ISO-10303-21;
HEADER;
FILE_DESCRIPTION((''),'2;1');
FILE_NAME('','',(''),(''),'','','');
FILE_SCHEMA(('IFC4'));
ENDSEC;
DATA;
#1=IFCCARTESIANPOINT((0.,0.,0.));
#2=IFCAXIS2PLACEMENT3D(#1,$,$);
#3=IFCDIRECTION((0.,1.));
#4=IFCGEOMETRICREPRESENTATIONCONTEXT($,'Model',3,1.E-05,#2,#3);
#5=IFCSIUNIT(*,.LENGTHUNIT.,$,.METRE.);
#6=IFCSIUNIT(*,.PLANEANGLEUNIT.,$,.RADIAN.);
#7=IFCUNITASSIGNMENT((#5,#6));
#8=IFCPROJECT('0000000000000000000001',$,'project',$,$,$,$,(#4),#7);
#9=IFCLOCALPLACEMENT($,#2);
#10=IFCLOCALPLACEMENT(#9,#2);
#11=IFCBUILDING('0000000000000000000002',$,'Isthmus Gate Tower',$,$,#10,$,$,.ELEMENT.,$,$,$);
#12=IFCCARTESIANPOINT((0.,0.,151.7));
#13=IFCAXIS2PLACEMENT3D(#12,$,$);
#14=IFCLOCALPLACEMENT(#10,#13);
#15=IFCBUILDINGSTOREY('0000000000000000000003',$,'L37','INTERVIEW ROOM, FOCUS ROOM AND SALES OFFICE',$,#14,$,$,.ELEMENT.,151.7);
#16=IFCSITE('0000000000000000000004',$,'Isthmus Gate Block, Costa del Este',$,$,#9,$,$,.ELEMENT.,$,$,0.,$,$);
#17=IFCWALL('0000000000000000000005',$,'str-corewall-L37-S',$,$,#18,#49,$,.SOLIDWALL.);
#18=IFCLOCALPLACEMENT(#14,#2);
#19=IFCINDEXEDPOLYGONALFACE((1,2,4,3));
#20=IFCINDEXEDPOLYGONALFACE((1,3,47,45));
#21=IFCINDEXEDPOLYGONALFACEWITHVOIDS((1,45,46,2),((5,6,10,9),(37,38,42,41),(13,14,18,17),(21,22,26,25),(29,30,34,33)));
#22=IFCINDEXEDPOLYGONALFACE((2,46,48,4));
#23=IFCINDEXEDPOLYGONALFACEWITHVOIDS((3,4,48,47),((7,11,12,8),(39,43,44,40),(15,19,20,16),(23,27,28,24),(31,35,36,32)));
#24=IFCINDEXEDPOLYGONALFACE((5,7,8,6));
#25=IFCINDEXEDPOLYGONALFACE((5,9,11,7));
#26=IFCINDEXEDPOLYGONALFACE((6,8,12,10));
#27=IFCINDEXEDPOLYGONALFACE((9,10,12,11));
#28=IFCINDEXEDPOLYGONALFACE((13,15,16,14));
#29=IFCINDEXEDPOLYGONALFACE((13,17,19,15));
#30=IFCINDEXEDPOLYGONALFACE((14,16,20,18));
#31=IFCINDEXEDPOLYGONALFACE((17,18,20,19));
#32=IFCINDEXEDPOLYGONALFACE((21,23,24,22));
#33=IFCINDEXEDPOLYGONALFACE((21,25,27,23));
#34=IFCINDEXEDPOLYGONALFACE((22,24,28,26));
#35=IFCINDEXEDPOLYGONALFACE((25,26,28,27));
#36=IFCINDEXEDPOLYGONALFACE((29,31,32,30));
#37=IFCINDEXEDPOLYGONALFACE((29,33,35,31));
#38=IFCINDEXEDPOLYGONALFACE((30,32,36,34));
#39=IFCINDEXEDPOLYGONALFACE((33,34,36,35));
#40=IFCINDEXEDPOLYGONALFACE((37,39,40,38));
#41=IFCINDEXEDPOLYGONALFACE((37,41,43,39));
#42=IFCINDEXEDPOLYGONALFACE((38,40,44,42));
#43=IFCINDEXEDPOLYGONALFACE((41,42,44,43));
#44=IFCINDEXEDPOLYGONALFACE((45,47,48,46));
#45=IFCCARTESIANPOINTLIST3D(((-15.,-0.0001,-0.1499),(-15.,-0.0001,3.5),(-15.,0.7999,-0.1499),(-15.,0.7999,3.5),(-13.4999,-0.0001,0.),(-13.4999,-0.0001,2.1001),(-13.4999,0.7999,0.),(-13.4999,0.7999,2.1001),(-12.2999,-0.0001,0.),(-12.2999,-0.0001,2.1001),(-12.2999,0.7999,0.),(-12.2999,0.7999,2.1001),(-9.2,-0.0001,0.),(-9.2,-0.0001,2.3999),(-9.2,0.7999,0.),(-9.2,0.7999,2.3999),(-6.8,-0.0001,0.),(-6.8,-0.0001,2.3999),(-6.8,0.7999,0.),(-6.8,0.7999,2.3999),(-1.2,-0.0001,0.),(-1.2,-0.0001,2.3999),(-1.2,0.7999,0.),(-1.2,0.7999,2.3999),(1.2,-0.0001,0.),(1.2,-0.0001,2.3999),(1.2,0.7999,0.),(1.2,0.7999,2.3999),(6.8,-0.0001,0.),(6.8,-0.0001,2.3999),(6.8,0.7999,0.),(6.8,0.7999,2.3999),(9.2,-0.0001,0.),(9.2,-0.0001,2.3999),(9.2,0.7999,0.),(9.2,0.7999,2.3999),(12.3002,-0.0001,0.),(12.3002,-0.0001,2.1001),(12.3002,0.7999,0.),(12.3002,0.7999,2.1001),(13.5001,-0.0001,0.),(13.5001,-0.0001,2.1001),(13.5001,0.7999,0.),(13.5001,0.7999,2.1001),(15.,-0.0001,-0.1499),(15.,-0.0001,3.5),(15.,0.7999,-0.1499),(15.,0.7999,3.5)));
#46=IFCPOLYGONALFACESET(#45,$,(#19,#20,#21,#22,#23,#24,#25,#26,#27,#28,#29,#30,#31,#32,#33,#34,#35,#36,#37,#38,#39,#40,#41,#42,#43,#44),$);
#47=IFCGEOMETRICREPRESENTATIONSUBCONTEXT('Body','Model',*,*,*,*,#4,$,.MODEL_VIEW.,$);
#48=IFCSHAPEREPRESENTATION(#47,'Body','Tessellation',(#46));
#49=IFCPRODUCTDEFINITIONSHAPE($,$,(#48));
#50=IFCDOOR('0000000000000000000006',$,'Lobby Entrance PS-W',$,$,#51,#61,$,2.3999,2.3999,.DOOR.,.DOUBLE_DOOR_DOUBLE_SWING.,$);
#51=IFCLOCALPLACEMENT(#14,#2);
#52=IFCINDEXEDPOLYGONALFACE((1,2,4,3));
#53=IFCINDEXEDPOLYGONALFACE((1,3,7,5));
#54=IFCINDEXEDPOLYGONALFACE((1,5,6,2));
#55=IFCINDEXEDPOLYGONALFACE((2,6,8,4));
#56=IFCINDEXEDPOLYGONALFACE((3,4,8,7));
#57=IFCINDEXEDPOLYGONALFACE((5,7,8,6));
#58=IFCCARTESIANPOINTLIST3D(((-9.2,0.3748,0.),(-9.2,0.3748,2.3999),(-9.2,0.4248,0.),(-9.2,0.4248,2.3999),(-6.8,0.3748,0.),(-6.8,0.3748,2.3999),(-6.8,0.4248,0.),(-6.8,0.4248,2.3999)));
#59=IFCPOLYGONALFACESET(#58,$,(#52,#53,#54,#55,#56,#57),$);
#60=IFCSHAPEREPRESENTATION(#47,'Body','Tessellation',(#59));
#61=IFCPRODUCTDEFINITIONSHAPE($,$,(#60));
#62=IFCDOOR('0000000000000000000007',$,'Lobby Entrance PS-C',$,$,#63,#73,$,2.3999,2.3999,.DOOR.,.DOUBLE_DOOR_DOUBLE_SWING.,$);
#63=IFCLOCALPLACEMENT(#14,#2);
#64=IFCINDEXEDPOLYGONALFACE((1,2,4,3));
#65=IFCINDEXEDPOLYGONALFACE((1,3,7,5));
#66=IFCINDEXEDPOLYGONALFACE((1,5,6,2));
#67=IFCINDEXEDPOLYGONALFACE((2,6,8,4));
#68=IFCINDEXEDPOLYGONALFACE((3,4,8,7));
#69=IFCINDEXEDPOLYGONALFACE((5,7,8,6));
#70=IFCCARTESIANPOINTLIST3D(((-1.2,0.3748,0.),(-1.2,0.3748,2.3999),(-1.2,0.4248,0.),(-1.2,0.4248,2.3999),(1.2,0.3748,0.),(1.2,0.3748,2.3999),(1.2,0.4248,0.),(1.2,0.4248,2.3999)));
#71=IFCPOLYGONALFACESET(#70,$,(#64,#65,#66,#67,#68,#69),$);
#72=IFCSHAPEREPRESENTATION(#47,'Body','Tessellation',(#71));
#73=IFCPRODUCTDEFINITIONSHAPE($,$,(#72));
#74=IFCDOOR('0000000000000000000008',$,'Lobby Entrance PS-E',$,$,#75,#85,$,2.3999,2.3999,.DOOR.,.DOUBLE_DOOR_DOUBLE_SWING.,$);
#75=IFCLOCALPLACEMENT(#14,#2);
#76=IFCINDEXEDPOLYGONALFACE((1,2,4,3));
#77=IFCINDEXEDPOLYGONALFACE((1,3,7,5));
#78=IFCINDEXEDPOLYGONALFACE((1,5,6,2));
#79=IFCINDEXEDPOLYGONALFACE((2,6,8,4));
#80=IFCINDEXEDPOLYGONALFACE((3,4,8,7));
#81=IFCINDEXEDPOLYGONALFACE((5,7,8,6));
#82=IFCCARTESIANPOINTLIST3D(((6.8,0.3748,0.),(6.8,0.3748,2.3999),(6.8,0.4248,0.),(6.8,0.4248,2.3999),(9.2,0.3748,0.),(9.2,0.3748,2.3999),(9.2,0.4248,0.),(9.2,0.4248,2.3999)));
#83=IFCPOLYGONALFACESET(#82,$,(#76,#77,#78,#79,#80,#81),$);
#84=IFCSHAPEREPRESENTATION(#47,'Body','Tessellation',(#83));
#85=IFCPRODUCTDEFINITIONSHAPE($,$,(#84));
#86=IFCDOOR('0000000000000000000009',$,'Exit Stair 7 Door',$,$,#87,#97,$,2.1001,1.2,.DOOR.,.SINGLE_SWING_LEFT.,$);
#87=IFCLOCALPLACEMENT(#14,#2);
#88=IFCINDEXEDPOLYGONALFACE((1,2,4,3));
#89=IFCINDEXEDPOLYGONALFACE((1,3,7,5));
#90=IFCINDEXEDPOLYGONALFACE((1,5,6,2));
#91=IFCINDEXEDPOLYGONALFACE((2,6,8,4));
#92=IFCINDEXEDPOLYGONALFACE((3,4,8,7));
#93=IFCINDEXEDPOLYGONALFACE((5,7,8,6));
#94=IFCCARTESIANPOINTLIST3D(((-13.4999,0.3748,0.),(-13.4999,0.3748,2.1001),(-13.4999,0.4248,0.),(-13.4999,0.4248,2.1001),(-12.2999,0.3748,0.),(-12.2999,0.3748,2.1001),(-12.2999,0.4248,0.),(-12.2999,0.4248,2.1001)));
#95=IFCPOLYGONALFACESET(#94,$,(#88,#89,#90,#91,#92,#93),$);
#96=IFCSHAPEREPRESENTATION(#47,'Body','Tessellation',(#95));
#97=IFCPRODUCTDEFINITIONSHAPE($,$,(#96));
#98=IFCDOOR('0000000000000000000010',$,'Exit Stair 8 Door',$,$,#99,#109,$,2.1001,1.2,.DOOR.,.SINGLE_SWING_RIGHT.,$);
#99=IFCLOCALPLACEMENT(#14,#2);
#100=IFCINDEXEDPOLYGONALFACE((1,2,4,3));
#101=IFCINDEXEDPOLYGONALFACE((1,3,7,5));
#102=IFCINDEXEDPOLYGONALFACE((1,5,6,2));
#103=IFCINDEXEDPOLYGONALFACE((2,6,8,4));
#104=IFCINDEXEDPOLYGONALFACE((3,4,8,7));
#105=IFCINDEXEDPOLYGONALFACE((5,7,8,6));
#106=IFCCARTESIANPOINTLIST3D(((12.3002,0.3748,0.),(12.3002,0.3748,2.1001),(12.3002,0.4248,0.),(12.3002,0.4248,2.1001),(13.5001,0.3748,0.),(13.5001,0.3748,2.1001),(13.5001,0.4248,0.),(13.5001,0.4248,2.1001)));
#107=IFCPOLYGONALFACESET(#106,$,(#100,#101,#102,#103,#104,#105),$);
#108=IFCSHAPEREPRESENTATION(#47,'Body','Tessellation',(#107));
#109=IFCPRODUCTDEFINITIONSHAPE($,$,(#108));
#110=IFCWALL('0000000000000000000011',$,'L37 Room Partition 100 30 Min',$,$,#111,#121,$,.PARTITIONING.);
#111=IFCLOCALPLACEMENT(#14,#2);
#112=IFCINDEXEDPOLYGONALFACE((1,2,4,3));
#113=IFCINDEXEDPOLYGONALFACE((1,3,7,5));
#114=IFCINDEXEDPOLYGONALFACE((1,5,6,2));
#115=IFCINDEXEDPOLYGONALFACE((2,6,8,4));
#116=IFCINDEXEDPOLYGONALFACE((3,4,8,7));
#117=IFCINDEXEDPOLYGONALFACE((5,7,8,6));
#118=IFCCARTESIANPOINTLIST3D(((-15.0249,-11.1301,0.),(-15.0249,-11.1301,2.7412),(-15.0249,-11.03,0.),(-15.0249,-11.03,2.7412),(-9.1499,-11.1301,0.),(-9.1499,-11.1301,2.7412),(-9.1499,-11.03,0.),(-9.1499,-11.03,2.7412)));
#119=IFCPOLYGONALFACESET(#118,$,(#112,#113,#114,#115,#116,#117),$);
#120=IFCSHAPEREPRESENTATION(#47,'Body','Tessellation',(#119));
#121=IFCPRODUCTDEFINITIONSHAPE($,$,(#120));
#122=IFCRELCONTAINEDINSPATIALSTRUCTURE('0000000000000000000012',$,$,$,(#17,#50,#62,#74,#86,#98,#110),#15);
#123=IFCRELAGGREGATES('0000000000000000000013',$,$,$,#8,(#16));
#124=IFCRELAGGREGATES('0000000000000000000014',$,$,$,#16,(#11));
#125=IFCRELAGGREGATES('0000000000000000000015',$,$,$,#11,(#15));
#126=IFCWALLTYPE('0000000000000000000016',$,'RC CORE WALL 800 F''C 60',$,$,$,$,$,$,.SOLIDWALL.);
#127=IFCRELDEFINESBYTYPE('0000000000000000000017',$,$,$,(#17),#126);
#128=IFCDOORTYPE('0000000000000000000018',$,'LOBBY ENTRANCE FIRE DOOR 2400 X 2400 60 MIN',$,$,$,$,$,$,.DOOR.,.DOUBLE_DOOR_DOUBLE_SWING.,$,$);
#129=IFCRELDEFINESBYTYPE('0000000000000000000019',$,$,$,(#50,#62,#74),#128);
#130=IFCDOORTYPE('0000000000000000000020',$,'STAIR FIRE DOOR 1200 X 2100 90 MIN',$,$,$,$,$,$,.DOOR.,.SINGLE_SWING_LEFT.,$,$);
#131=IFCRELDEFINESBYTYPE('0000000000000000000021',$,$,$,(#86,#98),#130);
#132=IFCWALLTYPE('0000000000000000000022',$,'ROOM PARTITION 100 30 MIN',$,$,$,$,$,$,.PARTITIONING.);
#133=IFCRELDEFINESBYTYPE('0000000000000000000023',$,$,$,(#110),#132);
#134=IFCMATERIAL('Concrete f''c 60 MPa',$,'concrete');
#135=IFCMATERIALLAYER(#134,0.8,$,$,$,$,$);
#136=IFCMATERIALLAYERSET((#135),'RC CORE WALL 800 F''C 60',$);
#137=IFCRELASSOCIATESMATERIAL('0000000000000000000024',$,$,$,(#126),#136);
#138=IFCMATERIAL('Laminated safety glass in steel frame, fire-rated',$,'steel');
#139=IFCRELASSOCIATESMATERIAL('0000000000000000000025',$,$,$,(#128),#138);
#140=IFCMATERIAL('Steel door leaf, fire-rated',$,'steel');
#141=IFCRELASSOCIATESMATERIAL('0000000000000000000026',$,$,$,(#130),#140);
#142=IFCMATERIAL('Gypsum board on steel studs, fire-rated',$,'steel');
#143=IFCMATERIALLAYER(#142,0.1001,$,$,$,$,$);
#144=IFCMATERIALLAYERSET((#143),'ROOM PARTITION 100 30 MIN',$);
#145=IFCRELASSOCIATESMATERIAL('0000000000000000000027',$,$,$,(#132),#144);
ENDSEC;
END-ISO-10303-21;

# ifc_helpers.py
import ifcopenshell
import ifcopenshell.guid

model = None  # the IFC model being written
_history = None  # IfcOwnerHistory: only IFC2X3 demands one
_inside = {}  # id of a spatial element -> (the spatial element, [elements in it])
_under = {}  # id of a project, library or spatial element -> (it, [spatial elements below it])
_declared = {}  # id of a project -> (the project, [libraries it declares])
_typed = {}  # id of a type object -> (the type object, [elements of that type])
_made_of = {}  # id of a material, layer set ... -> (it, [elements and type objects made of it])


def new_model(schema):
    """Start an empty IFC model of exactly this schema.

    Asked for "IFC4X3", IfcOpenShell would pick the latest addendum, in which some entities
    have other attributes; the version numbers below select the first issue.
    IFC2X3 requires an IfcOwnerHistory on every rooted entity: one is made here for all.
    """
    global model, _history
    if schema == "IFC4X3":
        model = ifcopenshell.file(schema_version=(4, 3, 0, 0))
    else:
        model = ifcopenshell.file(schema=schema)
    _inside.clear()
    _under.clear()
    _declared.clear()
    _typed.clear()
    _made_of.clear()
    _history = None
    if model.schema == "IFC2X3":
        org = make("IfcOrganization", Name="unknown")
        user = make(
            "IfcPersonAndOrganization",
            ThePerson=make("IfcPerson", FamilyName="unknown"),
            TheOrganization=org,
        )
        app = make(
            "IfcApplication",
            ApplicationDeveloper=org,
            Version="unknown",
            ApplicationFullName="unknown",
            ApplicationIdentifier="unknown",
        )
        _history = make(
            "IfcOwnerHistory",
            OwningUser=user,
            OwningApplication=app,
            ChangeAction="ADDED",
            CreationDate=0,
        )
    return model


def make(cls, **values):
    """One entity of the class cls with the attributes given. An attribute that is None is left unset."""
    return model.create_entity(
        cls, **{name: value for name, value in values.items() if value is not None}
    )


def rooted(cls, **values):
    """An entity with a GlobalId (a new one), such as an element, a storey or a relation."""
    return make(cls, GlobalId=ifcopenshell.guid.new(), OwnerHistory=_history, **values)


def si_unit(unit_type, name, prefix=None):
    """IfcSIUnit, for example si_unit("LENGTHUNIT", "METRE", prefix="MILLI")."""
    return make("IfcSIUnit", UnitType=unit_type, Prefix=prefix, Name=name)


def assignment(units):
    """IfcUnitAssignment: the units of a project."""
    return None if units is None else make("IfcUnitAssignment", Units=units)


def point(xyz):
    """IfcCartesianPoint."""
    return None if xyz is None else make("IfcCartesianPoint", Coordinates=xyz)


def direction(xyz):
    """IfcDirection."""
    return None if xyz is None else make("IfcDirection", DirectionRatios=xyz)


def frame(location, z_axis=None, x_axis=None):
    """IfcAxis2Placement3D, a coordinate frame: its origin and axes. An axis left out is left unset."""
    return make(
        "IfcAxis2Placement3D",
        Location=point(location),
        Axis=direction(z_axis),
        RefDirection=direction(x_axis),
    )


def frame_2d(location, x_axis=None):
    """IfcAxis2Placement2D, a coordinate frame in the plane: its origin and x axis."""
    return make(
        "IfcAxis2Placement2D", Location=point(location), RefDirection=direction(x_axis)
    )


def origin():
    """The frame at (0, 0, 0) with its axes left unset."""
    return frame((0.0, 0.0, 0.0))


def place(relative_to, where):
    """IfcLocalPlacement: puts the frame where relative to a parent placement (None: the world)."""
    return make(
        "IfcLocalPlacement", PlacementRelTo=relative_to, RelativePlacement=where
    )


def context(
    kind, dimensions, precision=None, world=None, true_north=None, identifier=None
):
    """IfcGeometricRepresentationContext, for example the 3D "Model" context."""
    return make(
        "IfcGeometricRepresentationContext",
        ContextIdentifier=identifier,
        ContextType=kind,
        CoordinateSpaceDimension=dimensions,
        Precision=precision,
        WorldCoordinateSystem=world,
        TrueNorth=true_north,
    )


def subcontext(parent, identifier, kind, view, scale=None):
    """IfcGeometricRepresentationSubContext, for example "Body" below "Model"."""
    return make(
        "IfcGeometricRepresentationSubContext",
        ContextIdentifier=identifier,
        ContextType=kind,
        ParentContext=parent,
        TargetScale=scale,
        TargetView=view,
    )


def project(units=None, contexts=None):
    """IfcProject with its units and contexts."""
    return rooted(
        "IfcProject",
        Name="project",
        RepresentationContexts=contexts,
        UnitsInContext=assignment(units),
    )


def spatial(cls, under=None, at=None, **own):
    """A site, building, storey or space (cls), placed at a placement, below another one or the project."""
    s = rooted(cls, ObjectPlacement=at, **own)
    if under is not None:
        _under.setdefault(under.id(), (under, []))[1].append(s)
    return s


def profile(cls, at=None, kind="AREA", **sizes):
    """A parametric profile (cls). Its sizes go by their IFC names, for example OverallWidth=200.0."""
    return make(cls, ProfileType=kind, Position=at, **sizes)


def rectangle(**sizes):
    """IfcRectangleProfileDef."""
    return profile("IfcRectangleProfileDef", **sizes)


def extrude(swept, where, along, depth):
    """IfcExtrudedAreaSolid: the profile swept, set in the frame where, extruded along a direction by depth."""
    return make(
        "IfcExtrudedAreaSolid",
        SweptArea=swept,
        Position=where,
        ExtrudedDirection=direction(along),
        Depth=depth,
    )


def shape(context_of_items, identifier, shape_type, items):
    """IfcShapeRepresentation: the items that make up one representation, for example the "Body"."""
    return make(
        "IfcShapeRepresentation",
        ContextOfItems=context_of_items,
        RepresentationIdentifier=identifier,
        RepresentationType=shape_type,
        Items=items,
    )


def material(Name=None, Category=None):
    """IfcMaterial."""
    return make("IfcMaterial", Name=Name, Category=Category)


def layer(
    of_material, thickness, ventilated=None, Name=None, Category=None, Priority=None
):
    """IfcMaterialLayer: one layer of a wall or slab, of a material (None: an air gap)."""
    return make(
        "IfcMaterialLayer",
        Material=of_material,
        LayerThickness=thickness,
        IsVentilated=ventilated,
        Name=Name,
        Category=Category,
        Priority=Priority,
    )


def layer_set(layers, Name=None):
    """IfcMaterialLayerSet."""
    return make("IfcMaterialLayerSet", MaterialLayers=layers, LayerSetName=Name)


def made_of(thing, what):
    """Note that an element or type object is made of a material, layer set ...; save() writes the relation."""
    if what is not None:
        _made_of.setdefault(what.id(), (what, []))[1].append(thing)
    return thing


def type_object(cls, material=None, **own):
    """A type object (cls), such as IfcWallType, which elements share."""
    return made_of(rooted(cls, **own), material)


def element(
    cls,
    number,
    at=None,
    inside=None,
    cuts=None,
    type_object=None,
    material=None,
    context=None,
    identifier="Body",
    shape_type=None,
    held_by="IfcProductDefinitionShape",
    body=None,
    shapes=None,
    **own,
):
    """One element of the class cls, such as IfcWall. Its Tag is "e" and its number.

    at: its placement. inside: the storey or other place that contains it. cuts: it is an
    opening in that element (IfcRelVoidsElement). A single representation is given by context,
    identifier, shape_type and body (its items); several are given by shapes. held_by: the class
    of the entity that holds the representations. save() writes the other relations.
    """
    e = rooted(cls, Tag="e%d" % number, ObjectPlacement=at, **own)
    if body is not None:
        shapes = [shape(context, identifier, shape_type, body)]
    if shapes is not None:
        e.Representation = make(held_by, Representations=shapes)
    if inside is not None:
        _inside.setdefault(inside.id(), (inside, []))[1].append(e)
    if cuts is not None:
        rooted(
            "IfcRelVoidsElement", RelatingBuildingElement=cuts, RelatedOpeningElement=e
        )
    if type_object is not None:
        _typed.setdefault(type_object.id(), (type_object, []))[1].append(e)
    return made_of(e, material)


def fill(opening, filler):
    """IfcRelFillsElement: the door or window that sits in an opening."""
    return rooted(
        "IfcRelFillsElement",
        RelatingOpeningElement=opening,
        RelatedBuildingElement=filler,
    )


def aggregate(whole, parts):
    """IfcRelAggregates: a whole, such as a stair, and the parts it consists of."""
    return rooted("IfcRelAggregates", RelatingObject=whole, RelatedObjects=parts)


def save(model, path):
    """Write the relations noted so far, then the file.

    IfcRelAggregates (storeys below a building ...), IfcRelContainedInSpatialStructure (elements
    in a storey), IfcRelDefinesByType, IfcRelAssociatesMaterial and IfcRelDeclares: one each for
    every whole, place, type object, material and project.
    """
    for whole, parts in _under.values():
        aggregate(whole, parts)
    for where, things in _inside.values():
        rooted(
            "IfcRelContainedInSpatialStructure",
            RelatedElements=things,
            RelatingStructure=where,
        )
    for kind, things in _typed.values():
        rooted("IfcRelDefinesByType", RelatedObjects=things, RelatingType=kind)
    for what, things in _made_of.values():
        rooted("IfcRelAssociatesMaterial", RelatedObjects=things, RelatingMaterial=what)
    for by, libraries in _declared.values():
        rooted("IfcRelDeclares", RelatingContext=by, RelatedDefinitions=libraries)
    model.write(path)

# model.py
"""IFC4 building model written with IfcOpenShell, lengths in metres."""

from ifc_helpers import new_model, si_unit, direction, frame, frame_2d, origin, place, context, subcontext, project, spatial, rectangle, extrude, material, layer, layer_set, type_object, element, fill, save


model = new_model("IFC4")

# Units and contexts
model_context = context("Model", 3, precision=1e-05, world=origin(), true_north=direction((0.0, 1.0)))
body_context = subcontext(model_context, "Body", "Model", "MODEL_VIEW")
ifc_project = project(units=[si_unit("LENGTHUNIT", "METRE"), si_unit("PLANEANGLEUNIT", "RADIAN")], contexts=[model_context])

# Site, building, storey
site_placement = place(None, origin())
site = spatial("IfcSite", under=ifc_project, at=site_placement, Name="Isthmus Gate Block, Costa del Este", CompositionType="ELEMENT", RefElevation=0.0)
building_placement = place(site_placement, origin())
building = spatial("IfcBuilding", under=site, at=building_placement, Name="Isthmus Gate Tower", CompositionType="ELEMENT")
storey_placement = place(building_placement, frame((0.0, 0.0, 151.7)))
storey = spatial("IfcBuildingStorey", under=building, at=storey_placement, Name="L37", Description="INTERVIEW ROOM, FOCUS ROOM AND SALES OFFICE", CompositionType="ELEMENT", Elevation=151.7)

# Wall, openings, doors
ifc_material_1 = material(Name="Concrete f'c 60 MPa", Category="concrete")
ifc_layer_1 = layer(ifc_material_1, 0.8)
ifc_layer_set_1 = layer_set([ifc_layer_1], Name="RC CORE WALL 800 F'C 60")
wall_type_1 = type_object("IfcWallType", Name="RC CORE WALL 800 F'C 60", PredefinedType="SOLIDWALL", material=ifc_layer_set_1)
wall_1_placement = place(storey_placement, frame((-15.0, 0.3999, -0.1499), z_axis=(0.0, 0.0, 1.0), x_axis=(1.0, 0.0, 0.0)))
wall_1 = element("IfcWall", 1, at=wall_1_placement, inside=storey, type_object=wall_type_1, Name="str-corewall-L37-S", PredefinedType="SOLIDWALL", context=body_context, shape_type="SweptSolid", body=[
    extrude(rectangle(XDim=30.0, YDim=0.8, at=frame_2d((15.0, 0.0))), origin(), (0.0, 0.0, 1.0), 3.6499),
])
opening_1_placement = place(wall_1_placement, frame((5.8, 0.0, 0.1499)))
opening_1 = element("IfcOpeningElement", 2, at=opening_1_placement, cuts=wall_1, PredefinedType="OPENING", context=body_context, shape_type="SweptSolid", body=[
    extrude(rectangle(XDim=2.3999, YDim=2.3999, at=frame_2d((1.2, 1.2))), frame((0.0, 0.4099, 0.0), z_axis=(0.0, -1.0, 0.0), x_axis=(1.0, 0.0, 0.0)), (0.0, 0.0, 1.0), 0.8201),
])
opening_2_placement = place(wall_1_placement, frame((13.8, 0.0, 0.1499)))
opening_2 = element("IfcOpeningElement", 3, at=opening_2_placement, cuts=wall_1, PredefinedType="OPENING", context=body_context, shape_type="SweptSolid", body=[
    extrude(rectangle(XDim=2.3999, YDim=2.3999, at=frame_2d((1.2, 1.2))), frame((0.0, 0.4099, 0.0), z_axis=(0.0, -1.0, 0.0), x_axis=(1.0, 0.0, 0.0)), (0.0, 0.0, 1.0), 0.8201),
])
opening_3_placement = place(wall_1_placement, frame((21.8, 0.0, 0.1499)))
opening_3 = element("IfcOpeningElement", 4, at=opening_3_placement, cuts=wall_1, PredefinedType="OPENING", context=body_context, shape_type="SweptSolid", body=[
    extrude(rectangle(XDim=2.3999, YDim=2.3999, at=frame_2d((1.2, 1.2))), frame((0.0, 0.4099, 0.0), z_axis=(0.0, -1.0, 0.0), x_axis=(1.0, 0.0, 0.0)), (0.0, 0.0, 1.0), 0.8201),
])
opening_4_placement = place(wall_1_placement, frame((1.5, 0.0, 0.1499)))
opening_4 = element("IfcOpeningElement", 5, at=opening_4_placement, cuts=wall_1, PredefinedType="OPENING", context=body_context, shape_type="SweptSolid", body=[
    extrude(rectangle(XDim=1.2, YDim=2.1001, at=frame_2d((0.6001, 1.05))), frame((0.0, 0.4099, 0.0), z_axis=(0.0, -1.0, 0.0), x_axis=(1.0, 0.0, 0.0)), (0.0, 0.0, 1.0), 0.8201),
])
opening_5_placement = place(wall_1_placement, frame((27.3, 0.0, 0.1499)))
opening_5 = element("IfcOpeningElement", 6, at=opening_5_placement, cuts=wall_1, PredefinedType="OPENING", context=body_context, shape_type="SweptSolid", body=[
    extrude(rectangle(XDim=1.2, YDim=2.1001, at=frame_2d((0.6001, 1.05))), frame((0.0, 0.4099, 0.0), z_axis=(0.0, -1.0, 0.0), x_axis=(1.0, 0.0, 0.0)), (0.0, 0.0, 1.0), 0.8201),
])
ifc_material_2 = material(Name="Laminated safety glass in steel frame, fire-rated", Category="steel")
door_type_1 = type_object("IfcDoorType", Name="LOBBY ENTRANCE FIRE DOOR 2400 X 2400 60 MIN", OperationType="DOUBLE_DOOR_DOUBLE_SWING", PredefinedType="DOOR", material=ifc_material_2)
door_1_placement = place(opening_1_placement, origin())
door_1 = element("IfcDoor", 7, at=door_1_placement, inside=storey, type_object=door_type_1, Name="Lobby Entrance PS-W", OperationType="DOUBLE_DOOR_DOUBLE_SWING", OverallHeight=2.3999, OverallWidth=2.3999, PredefinedType="DOOR", context=body_context, shape_type="SweptSolid", body=[
    extrude(rectangle(XDim=2.3999, YDim=2.3999, at=frame_2d((1.2, 1.2))), frame((0.0, 0.0249, 0.0), z_axis=(0.0, -1.0, 0.0), x_axis=(1.0, 0.0, 0.0)), (0.0, 0.0, 1.0), 0.05),
])
fill(opening_1, door_1)
door_2_placement = place(opening_2_placement, origin())
door_2 = element("IfcDoor", 8, at=door_2_placement, inside=storey, type_object=door_type_1, Name="Lobby Entrance PS-C", OperationType="DOUBLE_DOOR_DOUBLE_SWING", OverallHeight=2.3999, OverallWidth=2.3999, PredefinedType="DOOR", context=body_context, shape_type="SweptSolid", body=[
    extrude(rectangle(XDim=2.3999, YDim=2.3999, at=frame_2d((1.2, 1.2))), frame((0.0, 0.0249, 0.0), z_axis=(0.0, -1.0, 0.0), x_axis=(1.0, 0.0, 0.0)), (0.0, 0.0, 1.0), 0.05),
])
fill(opening_2, door_2)
door_3_placement = place(opening_3_placement, origin())
door_3 = element("IfcDoor", 9, at=door_3_placement, inside=storey, type_object=door_type_1, Name="Lobby Entrance PS-E", OperationType="DOUBLE_DOOR_DOUBLE_SWING", OverallHeight=2.3999, OverallWidth=2.3999, PredefinedType="DOOR", context=body_context, shape_type="SweptSolid", body=[
    extrude(rectangle(XDim=2.3999, YDim=2.3999, at=frame_2d((1.2, 1.2))), frame((0.0, 0.0249, 0.0), z_axis=(0.0, -1.0, 0.0), x_axis=(1.0, 0.0, 0.0)), (0.0, 0.0, 1.0), 0.05),
])
fill(opening_3, door_3)
ifc_material_3 = material(Name="Steel door leaf, fire-rated", Category="steel")
door_type_2 = type_object("IfcDoorType", Name="STAIR FIRE DOOR 1200 X 2100 90 MIN", OperationType="SINGLE_SWING_LEFT", PredefinedType="DOOR", material=ifc_material_3)
door_4_placement = place(opening_4_placement, origin())
door_4 = element("IfcDoor", 10, at=door_4_placement, inside=storey, type_object=door_type_2, Name="Exit Stair 7 Door", OperationType="SINGLE_SWING_LEFT", OverallHeight=2.1001, OverallWidth=1.2, PredefinedType="DOOR", context=body_context, shape_type="SweptSolid", body=[
    extrude(rectangle(XDim=1.2, YDim=2.1001, at=frame_2d((0.6001, 1.05))), frame((0.0, 0.0249, 0.0), z_axis=(0.0, -1.0, 0.0), x_axis=(1.0, 0.0, 0.0)), (0.0, 0.0, 1.0), 0.05),
])
fill(opening_4, door_4)
door_5_placement = place(opening_5_placement, origin())
door_5 = element("IfcDoor", 11, at=door_5_placement, inside=storey, type_object=door_type_2, Name="Exit Stair 8 Door", OperationType="SINGLE_SWING_RIGHT", OverallHeight=2.1001, OverallWidth=1.2, PredefinedType="DOOR", context=body_context, shape_type="SweptSolid", body=[
    extrude(rectangle(XDim=1.2, YDim=2.1001, at=frame_2d((0.6001, 1.05))), frame((0.0, 0.0249, 0.0), z_axis=(0.0, -1.0, 0.0), x_axis=(1.0, 0.0, 0.0)), (0.0, 0.0, 1.0), 0.05),
])
fill(opening_5, door_5)

# Wall
ifc_material_4 = material(Name="Gypsum board on steel studs, fire-rated", Category="steel")
ifc_layer_2 = layer(ifc_material_4, 0.1001)
ifc_layer_set_2 = layer_set([ifc_layer_2], Name="ROOM PARTITION 100 30 MIN")
wall_type_2 = type_object("IfcWallType", Name="ROOM PARTITION 100 30 MIN", PredefinedType="PARTITIONING", material=ifc_layer_set_2)
wall_2_placement = place(storey_placement, frame((-15.0249, -11.0801, 0.0), z_axis=(0.0, 0.0, 1.0), x_axis=(1.0, 0.0, 0.0)))
element("IfcWall", 12, at=wall_2_placement, inside=storey, type_object=wall_type_2, Name="L37 Room Partition 100 30 Min", PredefinedType="PARTITIONING", context=body_context, shape_type="SweptSolid", body=[
    extrude(rectangle(XDim=5.875, YDim=0.1001, at=frame_2d((2.9375, 0.0))), origin(), (0.0, 0.0, 1.0), 2.7412),
])

save(model, "model.ifc")
